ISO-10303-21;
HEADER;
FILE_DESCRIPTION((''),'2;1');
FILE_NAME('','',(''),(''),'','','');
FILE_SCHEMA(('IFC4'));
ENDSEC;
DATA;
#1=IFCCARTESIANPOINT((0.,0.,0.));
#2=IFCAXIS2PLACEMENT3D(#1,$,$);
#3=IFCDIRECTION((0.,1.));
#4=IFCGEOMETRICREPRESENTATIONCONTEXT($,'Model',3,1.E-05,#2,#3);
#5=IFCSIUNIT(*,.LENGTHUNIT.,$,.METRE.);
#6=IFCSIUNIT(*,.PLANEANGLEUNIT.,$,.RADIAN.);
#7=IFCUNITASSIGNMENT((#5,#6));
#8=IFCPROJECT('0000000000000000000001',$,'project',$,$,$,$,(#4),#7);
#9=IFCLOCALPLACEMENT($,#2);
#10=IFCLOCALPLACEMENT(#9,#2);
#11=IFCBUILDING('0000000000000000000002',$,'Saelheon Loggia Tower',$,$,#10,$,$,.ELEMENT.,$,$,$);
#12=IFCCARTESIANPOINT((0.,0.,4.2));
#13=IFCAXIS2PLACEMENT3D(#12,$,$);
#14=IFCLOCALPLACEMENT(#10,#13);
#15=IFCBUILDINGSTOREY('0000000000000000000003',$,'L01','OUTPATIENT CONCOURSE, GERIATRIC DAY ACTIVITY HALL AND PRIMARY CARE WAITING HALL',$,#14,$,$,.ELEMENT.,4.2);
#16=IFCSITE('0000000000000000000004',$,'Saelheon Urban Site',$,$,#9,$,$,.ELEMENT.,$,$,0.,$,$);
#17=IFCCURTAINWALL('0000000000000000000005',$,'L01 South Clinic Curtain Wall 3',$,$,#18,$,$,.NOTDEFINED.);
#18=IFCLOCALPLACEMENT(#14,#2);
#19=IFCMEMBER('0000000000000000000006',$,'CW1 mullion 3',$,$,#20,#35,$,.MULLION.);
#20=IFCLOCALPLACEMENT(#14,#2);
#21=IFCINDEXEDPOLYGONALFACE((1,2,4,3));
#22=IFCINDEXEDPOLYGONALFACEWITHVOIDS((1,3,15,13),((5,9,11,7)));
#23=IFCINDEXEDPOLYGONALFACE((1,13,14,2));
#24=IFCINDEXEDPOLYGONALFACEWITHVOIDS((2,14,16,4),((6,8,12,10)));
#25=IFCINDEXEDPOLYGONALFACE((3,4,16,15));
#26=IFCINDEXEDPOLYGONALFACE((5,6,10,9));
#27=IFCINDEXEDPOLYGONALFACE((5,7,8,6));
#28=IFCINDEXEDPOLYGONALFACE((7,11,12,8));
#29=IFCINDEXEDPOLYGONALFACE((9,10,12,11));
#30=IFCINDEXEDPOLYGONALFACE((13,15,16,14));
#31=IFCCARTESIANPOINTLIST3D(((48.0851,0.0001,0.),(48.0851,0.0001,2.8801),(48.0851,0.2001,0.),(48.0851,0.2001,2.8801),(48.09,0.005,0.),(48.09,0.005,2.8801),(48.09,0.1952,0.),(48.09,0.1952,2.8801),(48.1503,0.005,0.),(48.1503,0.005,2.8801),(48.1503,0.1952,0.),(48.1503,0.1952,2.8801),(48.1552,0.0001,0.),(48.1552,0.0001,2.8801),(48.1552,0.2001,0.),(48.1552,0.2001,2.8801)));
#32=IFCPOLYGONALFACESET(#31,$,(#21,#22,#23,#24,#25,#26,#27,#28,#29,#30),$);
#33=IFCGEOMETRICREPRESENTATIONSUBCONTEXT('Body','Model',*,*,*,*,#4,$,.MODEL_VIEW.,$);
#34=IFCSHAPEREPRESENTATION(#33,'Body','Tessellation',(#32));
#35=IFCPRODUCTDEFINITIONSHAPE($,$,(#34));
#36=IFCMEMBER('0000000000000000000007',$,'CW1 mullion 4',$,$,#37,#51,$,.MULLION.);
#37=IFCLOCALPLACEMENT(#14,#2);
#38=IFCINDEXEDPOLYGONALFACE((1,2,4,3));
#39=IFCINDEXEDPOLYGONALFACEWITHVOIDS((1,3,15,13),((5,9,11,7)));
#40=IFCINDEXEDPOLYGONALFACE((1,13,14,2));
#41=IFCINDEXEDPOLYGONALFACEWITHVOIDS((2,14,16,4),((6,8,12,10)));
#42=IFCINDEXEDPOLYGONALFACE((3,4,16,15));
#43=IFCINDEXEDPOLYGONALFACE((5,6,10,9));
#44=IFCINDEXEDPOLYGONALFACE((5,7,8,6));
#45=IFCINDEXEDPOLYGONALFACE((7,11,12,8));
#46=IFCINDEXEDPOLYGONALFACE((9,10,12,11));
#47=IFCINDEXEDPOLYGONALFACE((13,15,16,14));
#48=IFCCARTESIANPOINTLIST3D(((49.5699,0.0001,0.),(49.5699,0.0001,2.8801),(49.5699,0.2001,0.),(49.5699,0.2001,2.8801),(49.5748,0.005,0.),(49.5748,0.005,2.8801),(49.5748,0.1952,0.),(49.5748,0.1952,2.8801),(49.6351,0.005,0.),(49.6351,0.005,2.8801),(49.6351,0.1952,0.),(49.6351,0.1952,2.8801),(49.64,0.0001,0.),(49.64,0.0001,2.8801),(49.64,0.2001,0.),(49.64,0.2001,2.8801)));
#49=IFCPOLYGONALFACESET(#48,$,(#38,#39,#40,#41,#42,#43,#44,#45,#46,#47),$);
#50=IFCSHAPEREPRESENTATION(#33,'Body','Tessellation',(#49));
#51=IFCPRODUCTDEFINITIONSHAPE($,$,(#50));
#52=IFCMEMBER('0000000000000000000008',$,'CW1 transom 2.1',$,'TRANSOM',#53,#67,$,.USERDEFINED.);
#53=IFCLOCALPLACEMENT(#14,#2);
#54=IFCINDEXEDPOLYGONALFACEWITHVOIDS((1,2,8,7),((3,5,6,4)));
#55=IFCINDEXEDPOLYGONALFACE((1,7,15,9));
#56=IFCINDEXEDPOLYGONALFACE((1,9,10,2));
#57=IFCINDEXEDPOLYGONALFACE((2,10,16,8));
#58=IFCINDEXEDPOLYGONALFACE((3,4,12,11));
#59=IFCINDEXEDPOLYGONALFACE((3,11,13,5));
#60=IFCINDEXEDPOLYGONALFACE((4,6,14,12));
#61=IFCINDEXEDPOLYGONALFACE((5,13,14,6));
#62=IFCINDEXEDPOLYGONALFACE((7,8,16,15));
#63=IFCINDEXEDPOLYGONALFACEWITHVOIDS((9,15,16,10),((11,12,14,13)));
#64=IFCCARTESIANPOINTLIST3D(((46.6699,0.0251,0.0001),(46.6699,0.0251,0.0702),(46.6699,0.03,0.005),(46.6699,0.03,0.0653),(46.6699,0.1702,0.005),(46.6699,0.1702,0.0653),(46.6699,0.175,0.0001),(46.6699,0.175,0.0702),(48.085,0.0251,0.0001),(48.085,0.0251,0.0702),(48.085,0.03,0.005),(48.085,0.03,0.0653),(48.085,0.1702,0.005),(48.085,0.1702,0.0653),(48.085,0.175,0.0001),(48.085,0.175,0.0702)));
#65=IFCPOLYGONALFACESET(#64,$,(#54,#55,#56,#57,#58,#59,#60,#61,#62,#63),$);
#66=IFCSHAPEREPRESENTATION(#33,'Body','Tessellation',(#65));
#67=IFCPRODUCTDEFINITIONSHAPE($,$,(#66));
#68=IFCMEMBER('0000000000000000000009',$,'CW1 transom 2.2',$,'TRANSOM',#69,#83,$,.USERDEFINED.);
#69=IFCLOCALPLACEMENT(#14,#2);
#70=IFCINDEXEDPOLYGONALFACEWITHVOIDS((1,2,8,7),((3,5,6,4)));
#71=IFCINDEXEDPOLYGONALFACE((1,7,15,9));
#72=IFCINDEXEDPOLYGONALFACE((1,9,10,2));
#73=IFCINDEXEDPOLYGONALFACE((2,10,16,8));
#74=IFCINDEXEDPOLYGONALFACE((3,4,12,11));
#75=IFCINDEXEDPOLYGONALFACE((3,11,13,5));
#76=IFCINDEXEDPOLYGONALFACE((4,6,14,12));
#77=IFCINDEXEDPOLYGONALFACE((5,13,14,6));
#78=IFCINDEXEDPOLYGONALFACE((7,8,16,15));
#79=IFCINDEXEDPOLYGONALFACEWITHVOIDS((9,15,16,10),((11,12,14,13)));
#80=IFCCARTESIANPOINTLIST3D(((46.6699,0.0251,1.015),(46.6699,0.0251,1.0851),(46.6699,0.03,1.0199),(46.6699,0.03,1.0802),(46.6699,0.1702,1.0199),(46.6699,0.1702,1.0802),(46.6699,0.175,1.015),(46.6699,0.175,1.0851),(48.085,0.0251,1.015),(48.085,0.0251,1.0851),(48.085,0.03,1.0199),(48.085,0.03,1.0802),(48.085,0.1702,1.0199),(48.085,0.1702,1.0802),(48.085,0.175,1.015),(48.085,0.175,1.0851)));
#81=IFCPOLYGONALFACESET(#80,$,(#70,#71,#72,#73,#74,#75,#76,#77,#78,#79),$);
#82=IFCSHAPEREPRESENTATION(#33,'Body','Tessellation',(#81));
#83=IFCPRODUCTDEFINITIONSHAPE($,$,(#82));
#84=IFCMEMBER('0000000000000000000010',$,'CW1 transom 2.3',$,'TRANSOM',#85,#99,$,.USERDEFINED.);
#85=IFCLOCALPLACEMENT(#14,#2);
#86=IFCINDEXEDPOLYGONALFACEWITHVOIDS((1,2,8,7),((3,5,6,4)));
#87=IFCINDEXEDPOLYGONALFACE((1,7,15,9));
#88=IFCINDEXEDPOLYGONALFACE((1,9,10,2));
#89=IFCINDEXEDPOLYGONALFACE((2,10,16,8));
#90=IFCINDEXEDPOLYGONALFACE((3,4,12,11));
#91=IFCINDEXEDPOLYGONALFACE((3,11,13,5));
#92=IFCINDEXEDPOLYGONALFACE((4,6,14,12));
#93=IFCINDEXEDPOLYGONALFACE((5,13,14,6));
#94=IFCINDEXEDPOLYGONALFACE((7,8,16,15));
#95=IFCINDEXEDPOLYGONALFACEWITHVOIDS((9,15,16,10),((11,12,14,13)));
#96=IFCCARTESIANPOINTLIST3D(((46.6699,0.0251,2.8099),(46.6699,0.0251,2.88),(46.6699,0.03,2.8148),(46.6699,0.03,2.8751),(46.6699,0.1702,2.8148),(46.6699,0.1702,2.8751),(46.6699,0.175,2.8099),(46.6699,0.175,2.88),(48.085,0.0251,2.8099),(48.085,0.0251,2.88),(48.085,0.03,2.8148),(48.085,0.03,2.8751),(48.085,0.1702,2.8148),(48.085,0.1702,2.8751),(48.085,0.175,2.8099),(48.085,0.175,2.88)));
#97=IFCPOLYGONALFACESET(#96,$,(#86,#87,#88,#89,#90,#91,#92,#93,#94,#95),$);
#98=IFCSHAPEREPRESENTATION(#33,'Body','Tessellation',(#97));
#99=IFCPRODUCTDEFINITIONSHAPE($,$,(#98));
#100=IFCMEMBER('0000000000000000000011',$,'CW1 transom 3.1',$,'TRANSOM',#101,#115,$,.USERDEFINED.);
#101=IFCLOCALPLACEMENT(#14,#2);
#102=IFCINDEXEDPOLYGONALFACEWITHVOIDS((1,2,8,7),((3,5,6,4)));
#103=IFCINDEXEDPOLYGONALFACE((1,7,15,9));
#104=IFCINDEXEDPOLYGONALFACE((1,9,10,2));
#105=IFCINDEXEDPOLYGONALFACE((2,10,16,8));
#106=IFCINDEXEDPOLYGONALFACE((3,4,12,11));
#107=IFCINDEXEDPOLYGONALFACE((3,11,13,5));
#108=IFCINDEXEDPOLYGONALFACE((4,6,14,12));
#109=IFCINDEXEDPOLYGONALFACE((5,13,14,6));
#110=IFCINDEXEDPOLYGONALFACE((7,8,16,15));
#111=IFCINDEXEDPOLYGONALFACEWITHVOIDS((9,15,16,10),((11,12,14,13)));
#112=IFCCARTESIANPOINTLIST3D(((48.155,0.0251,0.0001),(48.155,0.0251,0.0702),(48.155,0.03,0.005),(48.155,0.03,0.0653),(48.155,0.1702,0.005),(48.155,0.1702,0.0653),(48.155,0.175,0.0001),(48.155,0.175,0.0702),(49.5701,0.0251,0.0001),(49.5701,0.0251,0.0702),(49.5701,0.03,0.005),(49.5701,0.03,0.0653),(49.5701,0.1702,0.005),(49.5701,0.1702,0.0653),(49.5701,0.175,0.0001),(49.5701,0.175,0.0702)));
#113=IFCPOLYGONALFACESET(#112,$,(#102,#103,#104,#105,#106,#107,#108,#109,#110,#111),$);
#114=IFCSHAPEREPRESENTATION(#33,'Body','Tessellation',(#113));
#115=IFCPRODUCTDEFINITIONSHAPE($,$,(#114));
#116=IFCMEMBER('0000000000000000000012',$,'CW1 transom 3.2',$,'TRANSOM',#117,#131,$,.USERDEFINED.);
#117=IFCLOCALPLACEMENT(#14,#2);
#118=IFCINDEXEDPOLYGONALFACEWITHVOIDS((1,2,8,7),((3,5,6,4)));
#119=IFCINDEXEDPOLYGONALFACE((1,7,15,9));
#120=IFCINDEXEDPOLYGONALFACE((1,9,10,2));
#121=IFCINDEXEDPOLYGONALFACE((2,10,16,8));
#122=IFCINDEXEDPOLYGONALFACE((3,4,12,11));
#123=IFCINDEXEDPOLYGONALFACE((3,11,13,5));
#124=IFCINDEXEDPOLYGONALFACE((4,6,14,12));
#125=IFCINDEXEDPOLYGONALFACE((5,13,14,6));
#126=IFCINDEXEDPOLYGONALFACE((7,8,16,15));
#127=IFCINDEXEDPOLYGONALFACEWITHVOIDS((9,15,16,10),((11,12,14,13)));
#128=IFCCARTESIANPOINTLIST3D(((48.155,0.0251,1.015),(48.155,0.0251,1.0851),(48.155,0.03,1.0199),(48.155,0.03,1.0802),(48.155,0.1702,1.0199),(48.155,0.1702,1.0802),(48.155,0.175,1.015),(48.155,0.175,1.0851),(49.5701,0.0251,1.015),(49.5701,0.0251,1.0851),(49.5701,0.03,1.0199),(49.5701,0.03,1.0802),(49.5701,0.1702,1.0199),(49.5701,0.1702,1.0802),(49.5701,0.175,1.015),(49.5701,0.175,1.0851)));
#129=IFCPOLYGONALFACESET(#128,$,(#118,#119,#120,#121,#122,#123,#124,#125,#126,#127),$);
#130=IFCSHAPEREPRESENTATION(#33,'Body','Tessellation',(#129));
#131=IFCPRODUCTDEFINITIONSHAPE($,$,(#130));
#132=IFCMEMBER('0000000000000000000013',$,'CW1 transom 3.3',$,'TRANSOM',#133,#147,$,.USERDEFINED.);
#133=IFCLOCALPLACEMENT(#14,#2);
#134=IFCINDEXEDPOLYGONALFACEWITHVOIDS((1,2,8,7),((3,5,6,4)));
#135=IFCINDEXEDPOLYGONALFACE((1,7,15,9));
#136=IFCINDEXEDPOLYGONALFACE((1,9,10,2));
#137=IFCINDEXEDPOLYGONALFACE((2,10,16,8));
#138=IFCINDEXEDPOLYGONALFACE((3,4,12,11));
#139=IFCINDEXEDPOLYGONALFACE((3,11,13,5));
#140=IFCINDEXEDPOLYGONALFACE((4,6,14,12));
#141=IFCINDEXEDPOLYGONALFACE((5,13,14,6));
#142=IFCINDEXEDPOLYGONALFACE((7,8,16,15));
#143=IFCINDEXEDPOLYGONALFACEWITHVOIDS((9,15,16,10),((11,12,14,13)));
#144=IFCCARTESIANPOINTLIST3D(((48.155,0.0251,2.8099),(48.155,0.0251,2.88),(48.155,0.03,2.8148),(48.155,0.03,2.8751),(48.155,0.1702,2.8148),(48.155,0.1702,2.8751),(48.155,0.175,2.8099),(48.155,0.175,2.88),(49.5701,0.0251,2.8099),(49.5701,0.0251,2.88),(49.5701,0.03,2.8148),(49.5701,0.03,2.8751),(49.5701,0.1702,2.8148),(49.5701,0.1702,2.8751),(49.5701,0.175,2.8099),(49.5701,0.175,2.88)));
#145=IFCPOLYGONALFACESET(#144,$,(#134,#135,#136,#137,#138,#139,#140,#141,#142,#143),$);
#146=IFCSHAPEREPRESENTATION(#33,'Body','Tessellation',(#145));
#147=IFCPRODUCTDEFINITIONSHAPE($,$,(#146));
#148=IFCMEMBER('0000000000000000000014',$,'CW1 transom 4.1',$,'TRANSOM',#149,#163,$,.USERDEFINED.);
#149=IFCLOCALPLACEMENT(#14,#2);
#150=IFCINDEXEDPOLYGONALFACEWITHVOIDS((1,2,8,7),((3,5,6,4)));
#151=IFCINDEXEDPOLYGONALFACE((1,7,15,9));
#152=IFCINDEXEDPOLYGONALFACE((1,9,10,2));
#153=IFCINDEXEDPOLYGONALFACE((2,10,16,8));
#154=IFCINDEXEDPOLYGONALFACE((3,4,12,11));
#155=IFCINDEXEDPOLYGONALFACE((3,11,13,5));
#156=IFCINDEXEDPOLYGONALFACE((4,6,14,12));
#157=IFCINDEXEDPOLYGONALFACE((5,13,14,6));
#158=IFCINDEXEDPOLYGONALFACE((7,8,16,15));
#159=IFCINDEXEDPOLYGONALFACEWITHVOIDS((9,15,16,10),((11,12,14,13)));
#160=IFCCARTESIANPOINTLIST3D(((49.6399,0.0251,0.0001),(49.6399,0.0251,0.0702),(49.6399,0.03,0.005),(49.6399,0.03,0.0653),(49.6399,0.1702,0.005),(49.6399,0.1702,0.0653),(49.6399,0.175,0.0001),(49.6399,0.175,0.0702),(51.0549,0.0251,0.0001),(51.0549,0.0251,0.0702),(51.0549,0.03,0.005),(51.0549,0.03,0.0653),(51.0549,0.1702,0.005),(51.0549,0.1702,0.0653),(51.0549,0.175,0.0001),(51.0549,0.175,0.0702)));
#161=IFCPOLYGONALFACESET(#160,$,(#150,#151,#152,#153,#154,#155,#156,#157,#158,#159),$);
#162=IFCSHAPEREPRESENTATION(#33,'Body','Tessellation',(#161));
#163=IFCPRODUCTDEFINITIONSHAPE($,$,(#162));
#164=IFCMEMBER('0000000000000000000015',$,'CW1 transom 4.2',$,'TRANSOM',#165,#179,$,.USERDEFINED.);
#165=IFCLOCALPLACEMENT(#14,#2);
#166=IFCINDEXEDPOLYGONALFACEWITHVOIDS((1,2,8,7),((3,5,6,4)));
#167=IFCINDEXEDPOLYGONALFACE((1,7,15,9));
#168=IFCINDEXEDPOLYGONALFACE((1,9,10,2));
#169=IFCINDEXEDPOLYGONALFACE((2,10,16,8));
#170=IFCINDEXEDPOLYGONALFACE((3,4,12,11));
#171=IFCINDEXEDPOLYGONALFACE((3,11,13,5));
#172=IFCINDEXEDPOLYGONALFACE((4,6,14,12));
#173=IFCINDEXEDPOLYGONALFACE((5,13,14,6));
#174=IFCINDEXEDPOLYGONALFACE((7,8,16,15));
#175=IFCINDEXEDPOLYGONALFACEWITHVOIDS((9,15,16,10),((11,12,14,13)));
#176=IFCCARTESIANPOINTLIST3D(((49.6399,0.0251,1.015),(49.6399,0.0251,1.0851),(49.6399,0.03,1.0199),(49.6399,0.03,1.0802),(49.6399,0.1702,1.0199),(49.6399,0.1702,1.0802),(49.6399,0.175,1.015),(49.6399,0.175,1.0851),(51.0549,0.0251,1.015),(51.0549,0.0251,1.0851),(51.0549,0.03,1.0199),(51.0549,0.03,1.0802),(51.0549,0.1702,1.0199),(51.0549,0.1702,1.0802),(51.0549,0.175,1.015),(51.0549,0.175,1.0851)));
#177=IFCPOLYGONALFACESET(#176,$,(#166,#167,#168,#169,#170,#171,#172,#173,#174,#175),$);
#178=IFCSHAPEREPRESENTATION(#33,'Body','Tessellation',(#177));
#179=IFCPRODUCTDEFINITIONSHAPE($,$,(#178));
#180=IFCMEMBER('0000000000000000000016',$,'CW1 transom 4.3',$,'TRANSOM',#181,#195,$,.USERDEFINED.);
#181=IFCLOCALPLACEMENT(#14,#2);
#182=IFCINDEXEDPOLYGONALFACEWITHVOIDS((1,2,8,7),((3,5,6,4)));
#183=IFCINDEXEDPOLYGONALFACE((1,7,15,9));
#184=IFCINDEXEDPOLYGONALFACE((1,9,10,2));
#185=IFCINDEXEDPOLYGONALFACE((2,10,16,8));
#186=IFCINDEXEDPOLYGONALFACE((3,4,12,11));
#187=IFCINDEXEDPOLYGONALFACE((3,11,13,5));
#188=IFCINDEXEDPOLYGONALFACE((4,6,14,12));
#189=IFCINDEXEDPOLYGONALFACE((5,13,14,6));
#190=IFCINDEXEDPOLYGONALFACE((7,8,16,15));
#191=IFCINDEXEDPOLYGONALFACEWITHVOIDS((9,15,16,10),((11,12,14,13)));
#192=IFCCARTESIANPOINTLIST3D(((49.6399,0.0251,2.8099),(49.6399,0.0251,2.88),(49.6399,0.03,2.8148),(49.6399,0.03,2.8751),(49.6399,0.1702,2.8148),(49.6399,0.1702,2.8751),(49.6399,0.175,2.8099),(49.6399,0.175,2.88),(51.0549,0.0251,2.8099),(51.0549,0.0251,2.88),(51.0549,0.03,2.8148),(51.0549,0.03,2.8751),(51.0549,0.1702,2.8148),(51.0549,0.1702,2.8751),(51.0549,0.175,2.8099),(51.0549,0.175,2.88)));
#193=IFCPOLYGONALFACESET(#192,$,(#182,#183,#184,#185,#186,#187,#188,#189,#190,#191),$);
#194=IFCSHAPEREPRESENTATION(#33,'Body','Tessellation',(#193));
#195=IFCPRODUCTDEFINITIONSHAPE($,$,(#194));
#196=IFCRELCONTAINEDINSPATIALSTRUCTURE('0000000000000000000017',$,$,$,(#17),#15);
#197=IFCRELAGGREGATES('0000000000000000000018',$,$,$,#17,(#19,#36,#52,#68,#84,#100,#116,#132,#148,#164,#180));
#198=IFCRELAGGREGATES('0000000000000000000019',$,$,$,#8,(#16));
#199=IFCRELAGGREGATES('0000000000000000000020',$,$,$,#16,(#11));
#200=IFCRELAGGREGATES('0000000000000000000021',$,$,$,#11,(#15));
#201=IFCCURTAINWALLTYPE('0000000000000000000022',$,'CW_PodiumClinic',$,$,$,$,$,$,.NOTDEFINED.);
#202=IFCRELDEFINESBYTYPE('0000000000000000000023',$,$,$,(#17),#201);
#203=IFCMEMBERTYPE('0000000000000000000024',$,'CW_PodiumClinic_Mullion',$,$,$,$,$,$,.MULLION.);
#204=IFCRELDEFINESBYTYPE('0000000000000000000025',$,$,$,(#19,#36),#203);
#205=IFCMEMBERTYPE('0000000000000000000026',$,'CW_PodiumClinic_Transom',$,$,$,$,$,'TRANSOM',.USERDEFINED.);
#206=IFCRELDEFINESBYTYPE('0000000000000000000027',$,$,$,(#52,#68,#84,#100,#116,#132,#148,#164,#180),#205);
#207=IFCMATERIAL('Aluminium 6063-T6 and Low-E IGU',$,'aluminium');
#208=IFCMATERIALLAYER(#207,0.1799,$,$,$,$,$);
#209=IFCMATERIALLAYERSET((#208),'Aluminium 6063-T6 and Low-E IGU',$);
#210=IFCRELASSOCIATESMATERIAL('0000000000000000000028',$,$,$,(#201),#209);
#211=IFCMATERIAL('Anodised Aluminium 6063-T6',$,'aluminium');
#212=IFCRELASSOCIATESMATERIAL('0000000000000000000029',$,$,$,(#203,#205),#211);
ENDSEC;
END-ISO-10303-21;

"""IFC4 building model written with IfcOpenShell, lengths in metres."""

from ifc_helpers import new_model, si_unit, direction, frame, origin, origin_2d, place, context, subcontext, project, spatial, hollow_rectangle, extrude, source, transform, mapped, material, layer, layer_set, material_profile, profile_set, type_object, element, aggregate, save


model = new_model("IFC4")

# Units and contexts
model_context = context("Model", 3, precision=1e-05, world=origin(), true_north=direction((0.0, 1.0)))
body_context = subcontext(model_context, "Body", "Model", "MODEL_VIEW")
ifc_project = project(units=[si_unit("LENGTHUNIT", "METRE"), si_unit("PLANEANGLEUNIT", "RADIAN")], contexts=[model_context])

# Site, building, storey
site_placement = place(None, origin())
site = spatial("IfcSite", under=ifc_project, at=site_placement, Name="Saelheon Urban Site", CompositionType="ELEMENT", RefElevation=0.0)
building_placement = place(site_placement, origin())
building = spatial("IfcBuilding", under=site, at=building_placement, Name="Saelheon Loggia Tower", CompositionType="ELEMENT")
storey_placement = place(building_placement, frame((0.0, 0.0, 4.2)))
storey = spatial("IfcBuildingStorey", under=building, at=storey_placement, Name="L01", Description="OUTPATIENT CONCOURSE, GERIATRIC DAY ACTIVITY HALL AND PRIMARY CARE WAITING HALL", CompositionType="ELEMENT", Elevation=4.2)

# Curtain wall, members
ifc_material_1 = material(Name="Aluminium 6063-T6 and Low-E IGU", Category="aluminium")
ifc_layer_1 = layer(ifc_material_1, 0.1799)
ifc_layer_set_1 = layer_set([ifc_layer_1], Name="Aluminium 6063-T6 and Low-E IGU")
curtain_wall_type = type_object("IfcCurtainWallType", Name="CW_PodiumClinic", PredefinedType="NOTDEFINED", material=ifc_layer_set_1)
curtain_wall_placement = place(storey_placement, origin())
curtain_wall = element("IfcCurtainWall", 1, at=curtain_wall_placement, inside=storey, type_object=curtain_wall_type, Name="L01 South Clinic Curtain Wall 3", PredefinedType="NOTDEFINED")
ifc_material_2 = material(Name="Anodised Aluminium 6063-T6", Category="aluminium")
ifc_material_profile_1 = material_profile(ifc_material_2, hollow_rectangle(XDim=0.0701, YDim=0.2, WallThickness=0.0049, at=origin_2d()), Name="RHS-200x70x5")
ifc_profile_set_1 = profile_set([ifc_material_profile_1], Name="Anodised Aluminium 6063-T6")
member_type_1 = type_object("IfcMemberType", Name="CW_PodiumClinic_Mullion", PredefinedType="MULLION", material=ifc_profile_set_1)
shared_shape_1 = source(origin(), body_context, "Body", "SweptSolid", [
    extrude(hollow_rectangle(XDim=0.0701, YDim=0.2, WallThickness=0.0049, at=origin_2d()), origin(), (0.0, 0.0, 1.0), 2.8801),
])
member_1_placement = place(storey_placement, frame((48.1201, 0.1001, 0.0), z_axis=(0.0, 0.0, 1.0), x_axis=(1.0, 0.0, 0.0)))
member_1 = element("IfcMember", 2, at=member_1_placement, type_object=member_type_1, Name="CW1 mullion 3", PredefinedType="MULLION", context=body_context, shape_type="MappedRepresentation", body=[
    mapped(shared_shape_1, transform((0.0, 0.0, 0.0), scale=1.0)),
])
member_2_placement = place(storey_placement, frame((49.605, 0.1001, 0.0), z_axis=(0.0, 0.0, 1.0), x_axis=(1.0, 0.0, 0.0)))
member_2 = element("IfcMember", 3, at=member_2_placement, type_object=member_type_1, Name="CW1 mullion 4", PredefinedType="MULLION", context=body_context, shape_type="MappedRepresentation", body=[
    mapped(shared_shape_1, transform((0.0, 0.0, 0.0), scale=1.0)),
])
ifc_material_profile_2 = material_profile(ifc_material_2, hollow_rectangle(XDim=0.0701, YDim=0.1499, WallThickness=0.0049, at=origin_2d()), Name="RHS-150x70x5")
ifc_profile_set_2 = profile_set([ifc_material_profile_2], Name="Anodised Aluminium 6063-T6")
member_type_2 = type_object("IfcMemberType", Name="CW_PodiumClinic_Transom", ElementType="TRANSOM", PredefinedType="USERDEFINED", material=ifc_profile_set_2)
shared_shape_2 = source(origin(), body_context, "Body", "SweptSolid", [
    extrude(hollow_rectangle(XDim=0.0701, YDim=0.1499, WallThickness=0.0049, at=origin_2d()), origin(), (0.0, 0.0, 1.0), 1.415),
])
member_3_placement = place(storey_placement, frame((46.6699, 0.1001, 0.0352), z_axis=(1.0, 0.0, 0.0), x_axis=(0.0, 0.0, 1.0)))
member_3 = element("IfcMember", 4, at=member_3_placement, type_object=member_type_2, Name="CW1 transom 2.1", ObjectType="TRANSOM", PredefinedType="USERDEFINED", context=body_context, shape_type="MappedRepresentation", body=[
    mapped(shared_shape_2, transform((0.0, 0.0, 0.0), scale=1.0)),
])
member_4_placement = place(storey_placement, frame((46.6699, 0.1001, 1.05), z_axis=(1.0, 0.0, 0.0), x_axis=(0.0, 0.0, 1.0)))
member_4 = element("IfcMember", 5, at=member_4_placement, type_object=member_type_2, Name="CW1 transom 2.2", ObjectType="TRANSOM", PredefinedType="USERDEFINED", context=body_context, shape_type="MappedRepresentation", body=[
    mapped(shared_shape_2, transform((0.0, 0.0, 0.0), scale=1.0)),
])
member_5_placement = place(storey_placement, frame((46.6699, 0.1001, 2.845), z_axis=(1.0, 0.0, 0.0), x_axis=(0.0, 0.0, 1.0)))
member_5 = element("IfcMember", 6, at=member_5_placement, type_object=member_type_2, Name="CW1 transom 2.3", ObjectType="TRANSOM", PredefinedType="USERDEFINED", context=body_context, shape_type="MappedRepresentation", body=[
    mapped(shared_shape_2, transform((0.0, 0.0, 0.0), scale=1.0)),
])
member_6_placement = place(storey_placement, frame((48.155, 0.1001, 0.0352), z_axis=(1.0, 0.0, 0.0), x_axis=(0.0, 0.0, 1.0)))
member_6 = element("IfcMember", 7, at=member_6_placement, type_object=member_type_2, Name="CW1 transom 3.1", ObjectType="TRANSOM", PredefinedType="USERDEFINED", context=body_context, shape_type="MappedRepresentation", body=[
    mapped(shared_shape_2, transform((0.0, 0.0, 0.0), scale=1.0)),
])
member_7_placement = place(storey_placement, frame((48.155, 0.1001, 1.05), z_axis=(1.0, 0.0, 0.0), x_axis=(0.0, 0.0, 1.0)))
member_7 = element("IfcMember", 8, at=member_7_placement, type_object=member_type_2, Name="CW1 transom 3.2", ObjectType="TRANSOM", PredefinedType="USERDEFINED", context=body_context, shape_type="MappedRepresentation", body=[
    mapped(shared_shape_2, transform((0.0, 0.0, 0.0), scale=1.0)),
])
member_8_placement = place(storey_placement, frame((48.155, 0.1001, 2.845), z_axis=(1.0, 0.0, 0.0), x_axis=(0.0, 0.0, 1.0)))
member_8 = element("IfcMember", 9, at=member_8_placement, type_object=member_type_2, Name="CW1 transom 3.3", ObjectType="TRANSOM", PredefinedType="USERDEFINED", context=body_context, shape_type="MappedRepresentation", body=[
    mapped(shared_shape_2, transform((0.0, 0.0, 0.0), scale=1.0)),
])
member_9_placement = place(storey_placement, frame((49.6399, 0.1001, 0.0352), z_axis=(1.0, 0.0, 0.0), x_axis=(0.0, 0.0, 1.0)))
member_9 = element("IfcMember", 10, at=member_9_placement, type_object=member_type_2, Name="CW1 transom 4.1", ObjectType="TRANSOM", PredefinedType="USERDEFINED", context=body_context, shape_type="MappedRepresentation", body=[
    mapped(shared_shape_2, transform((0.0, 0.0, 0.0), scale=1.0)),
])
member_10_placement = place(storey_placement, frame((49.6399, 0.1001, 1.05), z_axis=(1.0, 0.0, 0.0), x_axis=(0.0, 0.0, 1.0)))
member_10 = element("IfcMember", 11, at=member_10_placement, type_object=member_type_2, Name="CW1 transom 4.2", ObjectType="TRANSOM", PredefinedType="USERDEFINED", context=body_context, shape_type="MappedRepresentation", body=[
    mapped(shared_shape_2, transform((0.0, 0.0, 0.0), scale=1.0)),
])
member_11_placement = place(storey_placement, frame((49.6399, 0.1001, 2.845), z_axis=(1.0, 0.0, 0.0), x_axis=(0.0, 0.0, 1.0)))
member_11 = element("IfcMember", 12, at=member_11_placement, type_object=member_type_2, Name="CW1 transom 4.3", ObjectType="TRANSOM", PredefinedType="USERDEFINED", context=body_context, shape_type="MappedRepresentation", body=[
    mapped(shared_shape_2, transform((0.0, 0.0, 0.0), scale=1.0)),
])
aggregate(curtain_wall, [member_1, member_2, member_3, member_4, member_5, member_6, member_7, member_8, member_9, member_10, member_11])

save(model, "model.ifc")
